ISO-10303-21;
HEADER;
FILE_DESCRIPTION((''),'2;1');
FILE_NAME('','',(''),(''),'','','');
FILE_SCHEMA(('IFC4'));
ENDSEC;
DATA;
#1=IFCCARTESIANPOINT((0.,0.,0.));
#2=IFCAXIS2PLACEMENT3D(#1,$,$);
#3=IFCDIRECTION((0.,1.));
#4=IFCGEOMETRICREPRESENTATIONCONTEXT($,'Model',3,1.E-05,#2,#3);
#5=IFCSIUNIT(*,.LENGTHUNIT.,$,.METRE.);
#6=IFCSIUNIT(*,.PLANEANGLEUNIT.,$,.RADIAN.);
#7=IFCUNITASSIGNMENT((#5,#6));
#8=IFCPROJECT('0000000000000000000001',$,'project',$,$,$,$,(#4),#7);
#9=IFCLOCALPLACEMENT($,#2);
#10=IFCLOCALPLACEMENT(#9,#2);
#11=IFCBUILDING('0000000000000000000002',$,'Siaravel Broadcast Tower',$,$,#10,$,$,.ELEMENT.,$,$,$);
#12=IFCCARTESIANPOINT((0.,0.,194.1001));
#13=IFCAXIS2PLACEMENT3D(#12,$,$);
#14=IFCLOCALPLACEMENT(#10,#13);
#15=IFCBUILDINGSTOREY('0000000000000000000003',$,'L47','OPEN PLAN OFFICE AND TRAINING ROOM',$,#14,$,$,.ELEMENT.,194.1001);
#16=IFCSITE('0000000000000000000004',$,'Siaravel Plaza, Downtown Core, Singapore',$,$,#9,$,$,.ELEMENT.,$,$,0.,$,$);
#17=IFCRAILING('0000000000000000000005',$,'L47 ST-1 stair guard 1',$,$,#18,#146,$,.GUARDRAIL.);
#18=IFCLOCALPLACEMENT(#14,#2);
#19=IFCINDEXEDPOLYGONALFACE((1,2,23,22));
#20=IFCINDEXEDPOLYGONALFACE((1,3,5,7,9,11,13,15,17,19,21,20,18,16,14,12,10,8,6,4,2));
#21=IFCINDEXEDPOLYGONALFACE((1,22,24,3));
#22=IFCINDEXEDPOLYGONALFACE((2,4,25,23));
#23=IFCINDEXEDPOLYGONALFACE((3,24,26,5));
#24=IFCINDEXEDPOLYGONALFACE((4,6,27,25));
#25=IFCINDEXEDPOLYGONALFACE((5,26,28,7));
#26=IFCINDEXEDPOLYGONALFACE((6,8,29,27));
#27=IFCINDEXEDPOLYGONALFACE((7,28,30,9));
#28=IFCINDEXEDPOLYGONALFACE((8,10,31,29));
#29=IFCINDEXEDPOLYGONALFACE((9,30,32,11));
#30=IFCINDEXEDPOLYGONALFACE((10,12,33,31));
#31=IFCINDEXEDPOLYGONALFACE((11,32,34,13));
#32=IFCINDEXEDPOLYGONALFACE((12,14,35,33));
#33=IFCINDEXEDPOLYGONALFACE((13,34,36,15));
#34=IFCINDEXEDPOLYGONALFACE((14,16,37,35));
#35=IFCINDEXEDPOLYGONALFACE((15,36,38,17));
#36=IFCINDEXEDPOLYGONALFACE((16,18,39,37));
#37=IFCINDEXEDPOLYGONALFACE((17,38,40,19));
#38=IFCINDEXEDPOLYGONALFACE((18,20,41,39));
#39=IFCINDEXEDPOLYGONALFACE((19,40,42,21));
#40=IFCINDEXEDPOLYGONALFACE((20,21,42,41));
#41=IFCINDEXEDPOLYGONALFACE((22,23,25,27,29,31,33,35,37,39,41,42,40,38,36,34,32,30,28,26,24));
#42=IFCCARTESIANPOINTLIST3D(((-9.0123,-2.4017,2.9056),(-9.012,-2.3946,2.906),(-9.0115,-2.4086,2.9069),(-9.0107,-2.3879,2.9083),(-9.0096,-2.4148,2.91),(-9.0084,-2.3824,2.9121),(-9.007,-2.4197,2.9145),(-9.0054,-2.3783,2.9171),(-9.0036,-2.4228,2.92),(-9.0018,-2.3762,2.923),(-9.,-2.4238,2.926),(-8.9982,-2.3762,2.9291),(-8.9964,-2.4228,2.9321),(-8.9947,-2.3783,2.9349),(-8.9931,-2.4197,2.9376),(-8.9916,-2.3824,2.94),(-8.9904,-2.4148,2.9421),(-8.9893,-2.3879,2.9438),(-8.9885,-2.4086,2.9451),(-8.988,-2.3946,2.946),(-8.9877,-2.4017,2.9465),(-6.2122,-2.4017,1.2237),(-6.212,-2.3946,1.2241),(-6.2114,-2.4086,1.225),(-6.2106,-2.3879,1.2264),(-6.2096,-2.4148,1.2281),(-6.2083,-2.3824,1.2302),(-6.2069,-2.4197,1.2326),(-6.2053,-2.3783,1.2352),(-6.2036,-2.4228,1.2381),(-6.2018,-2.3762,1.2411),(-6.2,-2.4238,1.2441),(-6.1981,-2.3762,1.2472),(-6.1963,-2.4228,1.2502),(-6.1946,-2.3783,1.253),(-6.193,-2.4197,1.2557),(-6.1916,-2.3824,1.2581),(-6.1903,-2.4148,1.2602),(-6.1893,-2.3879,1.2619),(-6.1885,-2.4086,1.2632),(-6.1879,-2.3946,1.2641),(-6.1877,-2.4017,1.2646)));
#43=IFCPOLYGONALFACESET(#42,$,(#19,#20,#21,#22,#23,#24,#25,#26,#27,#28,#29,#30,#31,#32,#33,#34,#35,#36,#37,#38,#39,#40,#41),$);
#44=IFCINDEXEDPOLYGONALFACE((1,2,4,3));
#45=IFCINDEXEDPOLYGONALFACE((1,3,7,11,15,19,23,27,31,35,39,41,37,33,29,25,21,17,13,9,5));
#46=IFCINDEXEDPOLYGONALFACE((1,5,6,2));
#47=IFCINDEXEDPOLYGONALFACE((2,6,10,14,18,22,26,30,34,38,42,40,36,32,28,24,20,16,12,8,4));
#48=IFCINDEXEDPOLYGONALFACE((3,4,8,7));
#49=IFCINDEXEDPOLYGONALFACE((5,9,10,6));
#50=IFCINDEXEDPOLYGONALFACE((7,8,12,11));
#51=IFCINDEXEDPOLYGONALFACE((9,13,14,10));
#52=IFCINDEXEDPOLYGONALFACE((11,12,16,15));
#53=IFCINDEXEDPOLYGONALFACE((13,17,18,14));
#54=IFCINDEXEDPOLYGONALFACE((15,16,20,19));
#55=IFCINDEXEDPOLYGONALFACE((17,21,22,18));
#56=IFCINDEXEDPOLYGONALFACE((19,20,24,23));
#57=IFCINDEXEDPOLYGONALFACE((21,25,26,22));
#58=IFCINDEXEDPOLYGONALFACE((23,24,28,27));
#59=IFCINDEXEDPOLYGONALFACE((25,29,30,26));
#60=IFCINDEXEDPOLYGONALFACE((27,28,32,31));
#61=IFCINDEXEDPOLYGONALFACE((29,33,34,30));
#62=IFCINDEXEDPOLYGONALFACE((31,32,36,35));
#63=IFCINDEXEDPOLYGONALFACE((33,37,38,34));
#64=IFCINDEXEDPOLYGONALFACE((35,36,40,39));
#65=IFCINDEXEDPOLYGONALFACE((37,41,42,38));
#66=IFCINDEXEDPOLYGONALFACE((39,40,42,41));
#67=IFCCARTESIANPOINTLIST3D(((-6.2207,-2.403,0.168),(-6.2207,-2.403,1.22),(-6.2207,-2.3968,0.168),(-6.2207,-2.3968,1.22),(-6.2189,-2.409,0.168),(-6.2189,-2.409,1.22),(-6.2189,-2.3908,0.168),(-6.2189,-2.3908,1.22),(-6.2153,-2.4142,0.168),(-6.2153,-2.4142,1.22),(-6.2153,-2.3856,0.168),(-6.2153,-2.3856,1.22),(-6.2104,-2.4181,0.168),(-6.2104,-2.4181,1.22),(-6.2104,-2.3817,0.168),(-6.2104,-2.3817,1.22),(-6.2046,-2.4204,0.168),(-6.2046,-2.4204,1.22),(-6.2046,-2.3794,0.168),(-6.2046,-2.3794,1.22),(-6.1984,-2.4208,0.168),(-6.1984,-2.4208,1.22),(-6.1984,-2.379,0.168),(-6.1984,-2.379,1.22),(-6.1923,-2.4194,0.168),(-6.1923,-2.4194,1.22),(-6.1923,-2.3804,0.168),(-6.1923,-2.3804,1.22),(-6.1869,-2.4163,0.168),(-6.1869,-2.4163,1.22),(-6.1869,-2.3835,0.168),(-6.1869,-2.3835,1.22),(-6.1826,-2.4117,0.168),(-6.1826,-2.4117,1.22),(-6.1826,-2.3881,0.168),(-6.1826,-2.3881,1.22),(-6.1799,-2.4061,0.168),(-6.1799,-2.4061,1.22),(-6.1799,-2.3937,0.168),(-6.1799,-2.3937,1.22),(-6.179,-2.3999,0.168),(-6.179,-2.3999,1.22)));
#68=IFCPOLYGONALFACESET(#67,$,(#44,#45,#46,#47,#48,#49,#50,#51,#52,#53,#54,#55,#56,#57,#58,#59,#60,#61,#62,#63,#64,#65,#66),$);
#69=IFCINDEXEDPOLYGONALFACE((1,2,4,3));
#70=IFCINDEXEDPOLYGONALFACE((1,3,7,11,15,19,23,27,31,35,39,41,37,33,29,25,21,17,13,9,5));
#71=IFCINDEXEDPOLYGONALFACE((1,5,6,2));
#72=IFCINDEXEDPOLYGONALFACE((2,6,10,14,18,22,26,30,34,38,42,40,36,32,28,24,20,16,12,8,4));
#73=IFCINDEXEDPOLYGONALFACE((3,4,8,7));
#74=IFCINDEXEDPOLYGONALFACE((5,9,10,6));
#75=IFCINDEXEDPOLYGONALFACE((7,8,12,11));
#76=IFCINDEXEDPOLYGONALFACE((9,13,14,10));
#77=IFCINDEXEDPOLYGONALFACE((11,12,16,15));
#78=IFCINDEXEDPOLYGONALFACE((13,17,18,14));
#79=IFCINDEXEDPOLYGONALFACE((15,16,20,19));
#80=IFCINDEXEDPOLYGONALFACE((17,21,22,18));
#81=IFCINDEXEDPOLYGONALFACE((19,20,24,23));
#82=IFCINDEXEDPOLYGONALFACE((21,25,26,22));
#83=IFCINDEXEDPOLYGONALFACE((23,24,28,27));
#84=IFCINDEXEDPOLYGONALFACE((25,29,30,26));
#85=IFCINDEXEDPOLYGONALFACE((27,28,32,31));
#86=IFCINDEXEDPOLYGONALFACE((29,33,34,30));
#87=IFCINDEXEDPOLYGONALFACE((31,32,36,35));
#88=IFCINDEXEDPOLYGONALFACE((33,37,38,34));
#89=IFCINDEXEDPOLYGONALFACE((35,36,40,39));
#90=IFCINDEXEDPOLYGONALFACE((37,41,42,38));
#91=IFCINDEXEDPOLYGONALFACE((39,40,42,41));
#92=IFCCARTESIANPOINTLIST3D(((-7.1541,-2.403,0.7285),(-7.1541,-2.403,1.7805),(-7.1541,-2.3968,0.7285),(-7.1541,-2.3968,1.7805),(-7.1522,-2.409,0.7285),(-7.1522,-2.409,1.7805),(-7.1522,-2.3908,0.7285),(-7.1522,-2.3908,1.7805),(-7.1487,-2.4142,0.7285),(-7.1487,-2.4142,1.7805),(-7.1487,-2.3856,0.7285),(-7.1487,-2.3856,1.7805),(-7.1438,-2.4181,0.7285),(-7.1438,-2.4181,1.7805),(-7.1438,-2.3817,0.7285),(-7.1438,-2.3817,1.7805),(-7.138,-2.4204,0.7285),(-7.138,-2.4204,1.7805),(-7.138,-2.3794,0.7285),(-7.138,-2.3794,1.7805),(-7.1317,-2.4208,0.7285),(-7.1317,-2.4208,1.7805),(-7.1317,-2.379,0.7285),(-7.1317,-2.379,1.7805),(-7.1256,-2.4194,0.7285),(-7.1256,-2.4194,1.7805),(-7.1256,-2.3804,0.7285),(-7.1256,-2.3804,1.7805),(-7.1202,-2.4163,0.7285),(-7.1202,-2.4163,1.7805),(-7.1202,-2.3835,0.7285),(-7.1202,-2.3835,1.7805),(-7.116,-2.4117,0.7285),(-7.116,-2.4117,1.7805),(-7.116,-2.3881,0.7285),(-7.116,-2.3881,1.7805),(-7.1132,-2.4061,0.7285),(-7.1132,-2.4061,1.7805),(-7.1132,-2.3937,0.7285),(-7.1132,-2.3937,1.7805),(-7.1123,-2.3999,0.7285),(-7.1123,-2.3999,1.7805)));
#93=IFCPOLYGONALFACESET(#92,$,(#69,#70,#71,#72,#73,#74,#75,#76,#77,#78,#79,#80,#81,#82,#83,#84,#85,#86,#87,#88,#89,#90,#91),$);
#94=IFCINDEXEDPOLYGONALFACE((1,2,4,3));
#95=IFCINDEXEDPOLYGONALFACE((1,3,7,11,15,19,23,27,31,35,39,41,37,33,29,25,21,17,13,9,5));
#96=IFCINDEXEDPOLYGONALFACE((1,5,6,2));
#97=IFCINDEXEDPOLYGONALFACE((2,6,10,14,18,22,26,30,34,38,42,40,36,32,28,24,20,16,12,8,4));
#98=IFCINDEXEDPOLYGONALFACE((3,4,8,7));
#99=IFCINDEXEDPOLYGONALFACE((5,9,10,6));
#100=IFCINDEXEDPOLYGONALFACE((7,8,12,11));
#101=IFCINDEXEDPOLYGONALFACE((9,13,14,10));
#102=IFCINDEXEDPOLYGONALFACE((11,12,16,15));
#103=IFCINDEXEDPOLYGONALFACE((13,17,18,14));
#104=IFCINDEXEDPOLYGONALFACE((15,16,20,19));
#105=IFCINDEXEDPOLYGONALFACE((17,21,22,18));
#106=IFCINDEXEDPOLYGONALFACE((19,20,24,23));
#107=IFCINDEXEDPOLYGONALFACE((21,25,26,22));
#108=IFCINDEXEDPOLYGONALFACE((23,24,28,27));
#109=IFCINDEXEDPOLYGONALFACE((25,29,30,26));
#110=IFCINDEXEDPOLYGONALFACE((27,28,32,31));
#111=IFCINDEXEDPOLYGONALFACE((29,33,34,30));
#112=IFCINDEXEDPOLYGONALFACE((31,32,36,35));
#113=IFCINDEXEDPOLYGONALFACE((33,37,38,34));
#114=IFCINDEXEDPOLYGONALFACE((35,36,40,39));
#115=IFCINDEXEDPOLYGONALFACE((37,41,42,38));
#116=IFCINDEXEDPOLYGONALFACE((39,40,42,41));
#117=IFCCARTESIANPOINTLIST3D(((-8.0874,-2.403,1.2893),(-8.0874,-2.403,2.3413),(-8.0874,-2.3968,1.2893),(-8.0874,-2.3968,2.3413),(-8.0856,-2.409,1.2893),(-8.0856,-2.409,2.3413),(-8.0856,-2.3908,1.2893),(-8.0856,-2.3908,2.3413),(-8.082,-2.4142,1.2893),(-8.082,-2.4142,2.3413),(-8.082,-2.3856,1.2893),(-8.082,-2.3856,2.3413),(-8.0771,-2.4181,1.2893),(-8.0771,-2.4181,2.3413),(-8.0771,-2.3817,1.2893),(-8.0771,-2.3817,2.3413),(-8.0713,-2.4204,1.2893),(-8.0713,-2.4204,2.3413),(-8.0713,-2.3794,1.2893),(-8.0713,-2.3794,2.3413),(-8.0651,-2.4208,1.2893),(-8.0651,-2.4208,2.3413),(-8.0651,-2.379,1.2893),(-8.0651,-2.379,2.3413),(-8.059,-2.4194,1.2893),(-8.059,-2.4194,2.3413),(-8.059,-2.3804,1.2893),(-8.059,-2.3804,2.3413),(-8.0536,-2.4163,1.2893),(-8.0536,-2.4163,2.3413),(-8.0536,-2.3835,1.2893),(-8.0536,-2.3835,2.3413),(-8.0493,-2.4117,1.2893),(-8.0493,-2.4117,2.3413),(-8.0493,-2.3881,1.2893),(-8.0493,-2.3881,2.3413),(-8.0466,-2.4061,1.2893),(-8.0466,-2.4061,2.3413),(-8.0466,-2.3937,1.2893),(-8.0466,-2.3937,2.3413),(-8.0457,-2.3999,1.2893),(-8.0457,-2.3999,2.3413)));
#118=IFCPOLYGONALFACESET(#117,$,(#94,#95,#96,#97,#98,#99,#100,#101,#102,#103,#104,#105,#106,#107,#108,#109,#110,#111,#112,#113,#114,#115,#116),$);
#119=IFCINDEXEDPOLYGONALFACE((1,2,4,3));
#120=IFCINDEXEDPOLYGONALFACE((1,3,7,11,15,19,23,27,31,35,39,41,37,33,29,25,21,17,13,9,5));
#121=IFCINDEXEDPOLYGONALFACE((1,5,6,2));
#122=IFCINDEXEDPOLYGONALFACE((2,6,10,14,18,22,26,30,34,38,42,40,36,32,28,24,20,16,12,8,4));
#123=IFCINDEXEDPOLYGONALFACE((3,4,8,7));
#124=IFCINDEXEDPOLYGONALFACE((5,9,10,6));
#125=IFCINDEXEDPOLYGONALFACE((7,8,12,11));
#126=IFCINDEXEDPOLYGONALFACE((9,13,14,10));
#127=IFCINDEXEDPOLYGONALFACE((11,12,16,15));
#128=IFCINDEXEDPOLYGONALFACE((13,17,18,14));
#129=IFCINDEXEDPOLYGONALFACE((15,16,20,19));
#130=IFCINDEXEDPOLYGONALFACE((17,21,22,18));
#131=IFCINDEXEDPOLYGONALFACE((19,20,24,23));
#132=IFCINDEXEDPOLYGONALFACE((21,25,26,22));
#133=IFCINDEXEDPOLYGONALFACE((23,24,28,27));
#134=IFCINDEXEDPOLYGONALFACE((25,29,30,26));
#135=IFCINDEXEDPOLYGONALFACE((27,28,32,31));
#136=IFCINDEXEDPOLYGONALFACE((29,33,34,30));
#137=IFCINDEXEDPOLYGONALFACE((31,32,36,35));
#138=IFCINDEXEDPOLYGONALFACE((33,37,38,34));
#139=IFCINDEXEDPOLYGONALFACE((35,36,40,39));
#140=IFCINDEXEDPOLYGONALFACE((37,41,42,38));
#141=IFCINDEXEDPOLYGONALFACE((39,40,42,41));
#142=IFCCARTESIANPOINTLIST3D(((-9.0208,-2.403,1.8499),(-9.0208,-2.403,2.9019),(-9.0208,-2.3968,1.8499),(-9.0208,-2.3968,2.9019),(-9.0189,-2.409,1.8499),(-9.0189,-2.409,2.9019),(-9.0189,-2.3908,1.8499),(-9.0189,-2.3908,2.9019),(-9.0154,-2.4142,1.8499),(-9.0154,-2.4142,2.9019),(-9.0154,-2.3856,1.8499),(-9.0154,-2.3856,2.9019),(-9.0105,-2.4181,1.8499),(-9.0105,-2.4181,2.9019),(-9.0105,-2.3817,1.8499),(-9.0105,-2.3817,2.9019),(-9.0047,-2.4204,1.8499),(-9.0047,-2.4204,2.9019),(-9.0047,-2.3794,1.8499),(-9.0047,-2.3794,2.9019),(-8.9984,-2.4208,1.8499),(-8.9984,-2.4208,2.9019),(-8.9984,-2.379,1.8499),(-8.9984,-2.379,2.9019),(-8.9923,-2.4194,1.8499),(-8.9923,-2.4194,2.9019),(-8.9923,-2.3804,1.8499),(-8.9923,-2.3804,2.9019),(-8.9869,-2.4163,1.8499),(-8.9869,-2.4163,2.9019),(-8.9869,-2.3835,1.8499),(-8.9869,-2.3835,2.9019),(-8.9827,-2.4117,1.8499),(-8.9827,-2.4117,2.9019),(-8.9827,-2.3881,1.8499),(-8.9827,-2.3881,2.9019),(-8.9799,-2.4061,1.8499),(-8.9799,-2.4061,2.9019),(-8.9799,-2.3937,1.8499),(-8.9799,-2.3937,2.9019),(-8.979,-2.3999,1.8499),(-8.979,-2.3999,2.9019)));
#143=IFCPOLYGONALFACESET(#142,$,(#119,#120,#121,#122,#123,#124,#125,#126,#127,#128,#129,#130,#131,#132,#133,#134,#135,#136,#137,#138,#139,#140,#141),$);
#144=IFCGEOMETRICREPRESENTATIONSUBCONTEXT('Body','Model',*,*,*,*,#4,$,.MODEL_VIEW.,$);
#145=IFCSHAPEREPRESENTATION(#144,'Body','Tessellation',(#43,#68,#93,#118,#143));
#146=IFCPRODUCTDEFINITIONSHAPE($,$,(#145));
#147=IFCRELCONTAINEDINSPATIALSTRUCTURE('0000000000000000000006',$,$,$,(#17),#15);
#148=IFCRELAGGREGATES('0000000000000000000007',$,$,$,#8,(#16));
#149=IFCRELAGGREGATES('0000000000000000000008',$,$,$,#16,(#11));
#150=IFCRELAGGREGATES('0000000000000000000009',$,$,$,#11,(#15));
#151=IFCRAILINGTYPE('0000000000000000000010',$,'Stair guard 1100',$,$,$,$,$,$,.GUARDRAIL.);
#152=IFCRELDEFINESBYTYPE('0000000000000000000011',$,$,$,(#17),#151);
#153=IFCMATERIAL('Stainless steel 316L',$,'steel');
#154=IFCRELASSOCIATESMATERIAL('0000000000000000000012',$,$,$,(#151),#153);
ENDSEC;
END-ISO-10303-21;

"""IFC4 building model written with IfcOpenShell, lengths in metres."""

from ifc_helpers import new_model, si_unit, direction, frame, origin, origin_2d, place, context, subcontext, project, spatial, circle, extrude, material, type_object, element, save


model = new_model("IFC4")

# Units and contexts
model_context = context("Model", 3, precision=1e-05, world=origin(), true_north=direction((0.0, 1.0)))
body_context = subcontext(model_context, "Body", "Model", "MODEL_VIEW")
ifc_project = project(units=[si_unit("LENGTHUNIT", "METRE"), si_unit("PLANEANGLEUNIT", "RADIAN")], contexts=[model_context])

# Site, building, storey
site_placement = place(None, origin())
site = spatial("IfcSite", under=ifc_project, at=site_placement, Name="Siaravel Plaza, Downtown Core, Singapore", CompositionType="ELEMENT", RefElevation=0.0)
building_placement = place(site_placement, origin())
building = spatial("IfcBuilding", under=site, at=building_placement, Name="Siaravel Broadcast Tower", CompositionType="ELEMENT")
storey_placement = place(building_placement, frame((0.0, 0.0, 194.1001)))
storey = spatial("IfcBuildingStorey", under=building, at=storey_placement, Name="L47", Description="OPEN PLAN OFFICE AND TRAINING ROOM", CompositionType="ELEMENT", Elevation=194.1001)

# Shared definitions
ifc_material_1 = material(Name="Stainless steel 316L", Category="steel")

# Railing
railing_type_1 = type_object("IfcRailingType", Name="Stair guard 1100", PredefinedType="GUARDRAIL", material=ifc_material_1)
railing_1_placement = place(storey_placement, frame((-6.2, -2.3999, 0.168)))
element("IfcRailing", 1, at=railing_1_placement, inside=storey, type_object=railing_type_1, Name="L47 ST-1 stair guard 1", PredefinedType="GUARDRAIL", context=body_context, shape_type="SweptSolid", body=[
    extrude(circle(Radius=0.0239, at=origin_2d()), frame((0.0, 0.0, 1.0762), z_axis=(-0.857242, 0.0, 0.514913), x_axis=(0.0, -1.0, 0.0)), (0.0, 0.0, 1.0), 3.2664),
    extrude(circle(Radius=0.021, at=origin_2d()), origin(), (0.0, 0.0, 1.0), 1.052),
    extrude(circle(Radius=0.021, at=origin_2d()), frame((-0.9333, 0.0, 0.5605)), (0.0, 0.0, 1.0), 1.052),
    extrude(circle(Radius=0.021, at=origin_2d()), frame((-1.8667, 0.0, 1.1213)), (0.0, 0.0, 1.0), 1.052),
    extrude(circle(Radius=0.021, at=origin_2d()), frame((-2.8, 0.0, 1.6819)), (0.0, 0.0, 1.0), 1.052),
])

save(model, "model.ifc")
